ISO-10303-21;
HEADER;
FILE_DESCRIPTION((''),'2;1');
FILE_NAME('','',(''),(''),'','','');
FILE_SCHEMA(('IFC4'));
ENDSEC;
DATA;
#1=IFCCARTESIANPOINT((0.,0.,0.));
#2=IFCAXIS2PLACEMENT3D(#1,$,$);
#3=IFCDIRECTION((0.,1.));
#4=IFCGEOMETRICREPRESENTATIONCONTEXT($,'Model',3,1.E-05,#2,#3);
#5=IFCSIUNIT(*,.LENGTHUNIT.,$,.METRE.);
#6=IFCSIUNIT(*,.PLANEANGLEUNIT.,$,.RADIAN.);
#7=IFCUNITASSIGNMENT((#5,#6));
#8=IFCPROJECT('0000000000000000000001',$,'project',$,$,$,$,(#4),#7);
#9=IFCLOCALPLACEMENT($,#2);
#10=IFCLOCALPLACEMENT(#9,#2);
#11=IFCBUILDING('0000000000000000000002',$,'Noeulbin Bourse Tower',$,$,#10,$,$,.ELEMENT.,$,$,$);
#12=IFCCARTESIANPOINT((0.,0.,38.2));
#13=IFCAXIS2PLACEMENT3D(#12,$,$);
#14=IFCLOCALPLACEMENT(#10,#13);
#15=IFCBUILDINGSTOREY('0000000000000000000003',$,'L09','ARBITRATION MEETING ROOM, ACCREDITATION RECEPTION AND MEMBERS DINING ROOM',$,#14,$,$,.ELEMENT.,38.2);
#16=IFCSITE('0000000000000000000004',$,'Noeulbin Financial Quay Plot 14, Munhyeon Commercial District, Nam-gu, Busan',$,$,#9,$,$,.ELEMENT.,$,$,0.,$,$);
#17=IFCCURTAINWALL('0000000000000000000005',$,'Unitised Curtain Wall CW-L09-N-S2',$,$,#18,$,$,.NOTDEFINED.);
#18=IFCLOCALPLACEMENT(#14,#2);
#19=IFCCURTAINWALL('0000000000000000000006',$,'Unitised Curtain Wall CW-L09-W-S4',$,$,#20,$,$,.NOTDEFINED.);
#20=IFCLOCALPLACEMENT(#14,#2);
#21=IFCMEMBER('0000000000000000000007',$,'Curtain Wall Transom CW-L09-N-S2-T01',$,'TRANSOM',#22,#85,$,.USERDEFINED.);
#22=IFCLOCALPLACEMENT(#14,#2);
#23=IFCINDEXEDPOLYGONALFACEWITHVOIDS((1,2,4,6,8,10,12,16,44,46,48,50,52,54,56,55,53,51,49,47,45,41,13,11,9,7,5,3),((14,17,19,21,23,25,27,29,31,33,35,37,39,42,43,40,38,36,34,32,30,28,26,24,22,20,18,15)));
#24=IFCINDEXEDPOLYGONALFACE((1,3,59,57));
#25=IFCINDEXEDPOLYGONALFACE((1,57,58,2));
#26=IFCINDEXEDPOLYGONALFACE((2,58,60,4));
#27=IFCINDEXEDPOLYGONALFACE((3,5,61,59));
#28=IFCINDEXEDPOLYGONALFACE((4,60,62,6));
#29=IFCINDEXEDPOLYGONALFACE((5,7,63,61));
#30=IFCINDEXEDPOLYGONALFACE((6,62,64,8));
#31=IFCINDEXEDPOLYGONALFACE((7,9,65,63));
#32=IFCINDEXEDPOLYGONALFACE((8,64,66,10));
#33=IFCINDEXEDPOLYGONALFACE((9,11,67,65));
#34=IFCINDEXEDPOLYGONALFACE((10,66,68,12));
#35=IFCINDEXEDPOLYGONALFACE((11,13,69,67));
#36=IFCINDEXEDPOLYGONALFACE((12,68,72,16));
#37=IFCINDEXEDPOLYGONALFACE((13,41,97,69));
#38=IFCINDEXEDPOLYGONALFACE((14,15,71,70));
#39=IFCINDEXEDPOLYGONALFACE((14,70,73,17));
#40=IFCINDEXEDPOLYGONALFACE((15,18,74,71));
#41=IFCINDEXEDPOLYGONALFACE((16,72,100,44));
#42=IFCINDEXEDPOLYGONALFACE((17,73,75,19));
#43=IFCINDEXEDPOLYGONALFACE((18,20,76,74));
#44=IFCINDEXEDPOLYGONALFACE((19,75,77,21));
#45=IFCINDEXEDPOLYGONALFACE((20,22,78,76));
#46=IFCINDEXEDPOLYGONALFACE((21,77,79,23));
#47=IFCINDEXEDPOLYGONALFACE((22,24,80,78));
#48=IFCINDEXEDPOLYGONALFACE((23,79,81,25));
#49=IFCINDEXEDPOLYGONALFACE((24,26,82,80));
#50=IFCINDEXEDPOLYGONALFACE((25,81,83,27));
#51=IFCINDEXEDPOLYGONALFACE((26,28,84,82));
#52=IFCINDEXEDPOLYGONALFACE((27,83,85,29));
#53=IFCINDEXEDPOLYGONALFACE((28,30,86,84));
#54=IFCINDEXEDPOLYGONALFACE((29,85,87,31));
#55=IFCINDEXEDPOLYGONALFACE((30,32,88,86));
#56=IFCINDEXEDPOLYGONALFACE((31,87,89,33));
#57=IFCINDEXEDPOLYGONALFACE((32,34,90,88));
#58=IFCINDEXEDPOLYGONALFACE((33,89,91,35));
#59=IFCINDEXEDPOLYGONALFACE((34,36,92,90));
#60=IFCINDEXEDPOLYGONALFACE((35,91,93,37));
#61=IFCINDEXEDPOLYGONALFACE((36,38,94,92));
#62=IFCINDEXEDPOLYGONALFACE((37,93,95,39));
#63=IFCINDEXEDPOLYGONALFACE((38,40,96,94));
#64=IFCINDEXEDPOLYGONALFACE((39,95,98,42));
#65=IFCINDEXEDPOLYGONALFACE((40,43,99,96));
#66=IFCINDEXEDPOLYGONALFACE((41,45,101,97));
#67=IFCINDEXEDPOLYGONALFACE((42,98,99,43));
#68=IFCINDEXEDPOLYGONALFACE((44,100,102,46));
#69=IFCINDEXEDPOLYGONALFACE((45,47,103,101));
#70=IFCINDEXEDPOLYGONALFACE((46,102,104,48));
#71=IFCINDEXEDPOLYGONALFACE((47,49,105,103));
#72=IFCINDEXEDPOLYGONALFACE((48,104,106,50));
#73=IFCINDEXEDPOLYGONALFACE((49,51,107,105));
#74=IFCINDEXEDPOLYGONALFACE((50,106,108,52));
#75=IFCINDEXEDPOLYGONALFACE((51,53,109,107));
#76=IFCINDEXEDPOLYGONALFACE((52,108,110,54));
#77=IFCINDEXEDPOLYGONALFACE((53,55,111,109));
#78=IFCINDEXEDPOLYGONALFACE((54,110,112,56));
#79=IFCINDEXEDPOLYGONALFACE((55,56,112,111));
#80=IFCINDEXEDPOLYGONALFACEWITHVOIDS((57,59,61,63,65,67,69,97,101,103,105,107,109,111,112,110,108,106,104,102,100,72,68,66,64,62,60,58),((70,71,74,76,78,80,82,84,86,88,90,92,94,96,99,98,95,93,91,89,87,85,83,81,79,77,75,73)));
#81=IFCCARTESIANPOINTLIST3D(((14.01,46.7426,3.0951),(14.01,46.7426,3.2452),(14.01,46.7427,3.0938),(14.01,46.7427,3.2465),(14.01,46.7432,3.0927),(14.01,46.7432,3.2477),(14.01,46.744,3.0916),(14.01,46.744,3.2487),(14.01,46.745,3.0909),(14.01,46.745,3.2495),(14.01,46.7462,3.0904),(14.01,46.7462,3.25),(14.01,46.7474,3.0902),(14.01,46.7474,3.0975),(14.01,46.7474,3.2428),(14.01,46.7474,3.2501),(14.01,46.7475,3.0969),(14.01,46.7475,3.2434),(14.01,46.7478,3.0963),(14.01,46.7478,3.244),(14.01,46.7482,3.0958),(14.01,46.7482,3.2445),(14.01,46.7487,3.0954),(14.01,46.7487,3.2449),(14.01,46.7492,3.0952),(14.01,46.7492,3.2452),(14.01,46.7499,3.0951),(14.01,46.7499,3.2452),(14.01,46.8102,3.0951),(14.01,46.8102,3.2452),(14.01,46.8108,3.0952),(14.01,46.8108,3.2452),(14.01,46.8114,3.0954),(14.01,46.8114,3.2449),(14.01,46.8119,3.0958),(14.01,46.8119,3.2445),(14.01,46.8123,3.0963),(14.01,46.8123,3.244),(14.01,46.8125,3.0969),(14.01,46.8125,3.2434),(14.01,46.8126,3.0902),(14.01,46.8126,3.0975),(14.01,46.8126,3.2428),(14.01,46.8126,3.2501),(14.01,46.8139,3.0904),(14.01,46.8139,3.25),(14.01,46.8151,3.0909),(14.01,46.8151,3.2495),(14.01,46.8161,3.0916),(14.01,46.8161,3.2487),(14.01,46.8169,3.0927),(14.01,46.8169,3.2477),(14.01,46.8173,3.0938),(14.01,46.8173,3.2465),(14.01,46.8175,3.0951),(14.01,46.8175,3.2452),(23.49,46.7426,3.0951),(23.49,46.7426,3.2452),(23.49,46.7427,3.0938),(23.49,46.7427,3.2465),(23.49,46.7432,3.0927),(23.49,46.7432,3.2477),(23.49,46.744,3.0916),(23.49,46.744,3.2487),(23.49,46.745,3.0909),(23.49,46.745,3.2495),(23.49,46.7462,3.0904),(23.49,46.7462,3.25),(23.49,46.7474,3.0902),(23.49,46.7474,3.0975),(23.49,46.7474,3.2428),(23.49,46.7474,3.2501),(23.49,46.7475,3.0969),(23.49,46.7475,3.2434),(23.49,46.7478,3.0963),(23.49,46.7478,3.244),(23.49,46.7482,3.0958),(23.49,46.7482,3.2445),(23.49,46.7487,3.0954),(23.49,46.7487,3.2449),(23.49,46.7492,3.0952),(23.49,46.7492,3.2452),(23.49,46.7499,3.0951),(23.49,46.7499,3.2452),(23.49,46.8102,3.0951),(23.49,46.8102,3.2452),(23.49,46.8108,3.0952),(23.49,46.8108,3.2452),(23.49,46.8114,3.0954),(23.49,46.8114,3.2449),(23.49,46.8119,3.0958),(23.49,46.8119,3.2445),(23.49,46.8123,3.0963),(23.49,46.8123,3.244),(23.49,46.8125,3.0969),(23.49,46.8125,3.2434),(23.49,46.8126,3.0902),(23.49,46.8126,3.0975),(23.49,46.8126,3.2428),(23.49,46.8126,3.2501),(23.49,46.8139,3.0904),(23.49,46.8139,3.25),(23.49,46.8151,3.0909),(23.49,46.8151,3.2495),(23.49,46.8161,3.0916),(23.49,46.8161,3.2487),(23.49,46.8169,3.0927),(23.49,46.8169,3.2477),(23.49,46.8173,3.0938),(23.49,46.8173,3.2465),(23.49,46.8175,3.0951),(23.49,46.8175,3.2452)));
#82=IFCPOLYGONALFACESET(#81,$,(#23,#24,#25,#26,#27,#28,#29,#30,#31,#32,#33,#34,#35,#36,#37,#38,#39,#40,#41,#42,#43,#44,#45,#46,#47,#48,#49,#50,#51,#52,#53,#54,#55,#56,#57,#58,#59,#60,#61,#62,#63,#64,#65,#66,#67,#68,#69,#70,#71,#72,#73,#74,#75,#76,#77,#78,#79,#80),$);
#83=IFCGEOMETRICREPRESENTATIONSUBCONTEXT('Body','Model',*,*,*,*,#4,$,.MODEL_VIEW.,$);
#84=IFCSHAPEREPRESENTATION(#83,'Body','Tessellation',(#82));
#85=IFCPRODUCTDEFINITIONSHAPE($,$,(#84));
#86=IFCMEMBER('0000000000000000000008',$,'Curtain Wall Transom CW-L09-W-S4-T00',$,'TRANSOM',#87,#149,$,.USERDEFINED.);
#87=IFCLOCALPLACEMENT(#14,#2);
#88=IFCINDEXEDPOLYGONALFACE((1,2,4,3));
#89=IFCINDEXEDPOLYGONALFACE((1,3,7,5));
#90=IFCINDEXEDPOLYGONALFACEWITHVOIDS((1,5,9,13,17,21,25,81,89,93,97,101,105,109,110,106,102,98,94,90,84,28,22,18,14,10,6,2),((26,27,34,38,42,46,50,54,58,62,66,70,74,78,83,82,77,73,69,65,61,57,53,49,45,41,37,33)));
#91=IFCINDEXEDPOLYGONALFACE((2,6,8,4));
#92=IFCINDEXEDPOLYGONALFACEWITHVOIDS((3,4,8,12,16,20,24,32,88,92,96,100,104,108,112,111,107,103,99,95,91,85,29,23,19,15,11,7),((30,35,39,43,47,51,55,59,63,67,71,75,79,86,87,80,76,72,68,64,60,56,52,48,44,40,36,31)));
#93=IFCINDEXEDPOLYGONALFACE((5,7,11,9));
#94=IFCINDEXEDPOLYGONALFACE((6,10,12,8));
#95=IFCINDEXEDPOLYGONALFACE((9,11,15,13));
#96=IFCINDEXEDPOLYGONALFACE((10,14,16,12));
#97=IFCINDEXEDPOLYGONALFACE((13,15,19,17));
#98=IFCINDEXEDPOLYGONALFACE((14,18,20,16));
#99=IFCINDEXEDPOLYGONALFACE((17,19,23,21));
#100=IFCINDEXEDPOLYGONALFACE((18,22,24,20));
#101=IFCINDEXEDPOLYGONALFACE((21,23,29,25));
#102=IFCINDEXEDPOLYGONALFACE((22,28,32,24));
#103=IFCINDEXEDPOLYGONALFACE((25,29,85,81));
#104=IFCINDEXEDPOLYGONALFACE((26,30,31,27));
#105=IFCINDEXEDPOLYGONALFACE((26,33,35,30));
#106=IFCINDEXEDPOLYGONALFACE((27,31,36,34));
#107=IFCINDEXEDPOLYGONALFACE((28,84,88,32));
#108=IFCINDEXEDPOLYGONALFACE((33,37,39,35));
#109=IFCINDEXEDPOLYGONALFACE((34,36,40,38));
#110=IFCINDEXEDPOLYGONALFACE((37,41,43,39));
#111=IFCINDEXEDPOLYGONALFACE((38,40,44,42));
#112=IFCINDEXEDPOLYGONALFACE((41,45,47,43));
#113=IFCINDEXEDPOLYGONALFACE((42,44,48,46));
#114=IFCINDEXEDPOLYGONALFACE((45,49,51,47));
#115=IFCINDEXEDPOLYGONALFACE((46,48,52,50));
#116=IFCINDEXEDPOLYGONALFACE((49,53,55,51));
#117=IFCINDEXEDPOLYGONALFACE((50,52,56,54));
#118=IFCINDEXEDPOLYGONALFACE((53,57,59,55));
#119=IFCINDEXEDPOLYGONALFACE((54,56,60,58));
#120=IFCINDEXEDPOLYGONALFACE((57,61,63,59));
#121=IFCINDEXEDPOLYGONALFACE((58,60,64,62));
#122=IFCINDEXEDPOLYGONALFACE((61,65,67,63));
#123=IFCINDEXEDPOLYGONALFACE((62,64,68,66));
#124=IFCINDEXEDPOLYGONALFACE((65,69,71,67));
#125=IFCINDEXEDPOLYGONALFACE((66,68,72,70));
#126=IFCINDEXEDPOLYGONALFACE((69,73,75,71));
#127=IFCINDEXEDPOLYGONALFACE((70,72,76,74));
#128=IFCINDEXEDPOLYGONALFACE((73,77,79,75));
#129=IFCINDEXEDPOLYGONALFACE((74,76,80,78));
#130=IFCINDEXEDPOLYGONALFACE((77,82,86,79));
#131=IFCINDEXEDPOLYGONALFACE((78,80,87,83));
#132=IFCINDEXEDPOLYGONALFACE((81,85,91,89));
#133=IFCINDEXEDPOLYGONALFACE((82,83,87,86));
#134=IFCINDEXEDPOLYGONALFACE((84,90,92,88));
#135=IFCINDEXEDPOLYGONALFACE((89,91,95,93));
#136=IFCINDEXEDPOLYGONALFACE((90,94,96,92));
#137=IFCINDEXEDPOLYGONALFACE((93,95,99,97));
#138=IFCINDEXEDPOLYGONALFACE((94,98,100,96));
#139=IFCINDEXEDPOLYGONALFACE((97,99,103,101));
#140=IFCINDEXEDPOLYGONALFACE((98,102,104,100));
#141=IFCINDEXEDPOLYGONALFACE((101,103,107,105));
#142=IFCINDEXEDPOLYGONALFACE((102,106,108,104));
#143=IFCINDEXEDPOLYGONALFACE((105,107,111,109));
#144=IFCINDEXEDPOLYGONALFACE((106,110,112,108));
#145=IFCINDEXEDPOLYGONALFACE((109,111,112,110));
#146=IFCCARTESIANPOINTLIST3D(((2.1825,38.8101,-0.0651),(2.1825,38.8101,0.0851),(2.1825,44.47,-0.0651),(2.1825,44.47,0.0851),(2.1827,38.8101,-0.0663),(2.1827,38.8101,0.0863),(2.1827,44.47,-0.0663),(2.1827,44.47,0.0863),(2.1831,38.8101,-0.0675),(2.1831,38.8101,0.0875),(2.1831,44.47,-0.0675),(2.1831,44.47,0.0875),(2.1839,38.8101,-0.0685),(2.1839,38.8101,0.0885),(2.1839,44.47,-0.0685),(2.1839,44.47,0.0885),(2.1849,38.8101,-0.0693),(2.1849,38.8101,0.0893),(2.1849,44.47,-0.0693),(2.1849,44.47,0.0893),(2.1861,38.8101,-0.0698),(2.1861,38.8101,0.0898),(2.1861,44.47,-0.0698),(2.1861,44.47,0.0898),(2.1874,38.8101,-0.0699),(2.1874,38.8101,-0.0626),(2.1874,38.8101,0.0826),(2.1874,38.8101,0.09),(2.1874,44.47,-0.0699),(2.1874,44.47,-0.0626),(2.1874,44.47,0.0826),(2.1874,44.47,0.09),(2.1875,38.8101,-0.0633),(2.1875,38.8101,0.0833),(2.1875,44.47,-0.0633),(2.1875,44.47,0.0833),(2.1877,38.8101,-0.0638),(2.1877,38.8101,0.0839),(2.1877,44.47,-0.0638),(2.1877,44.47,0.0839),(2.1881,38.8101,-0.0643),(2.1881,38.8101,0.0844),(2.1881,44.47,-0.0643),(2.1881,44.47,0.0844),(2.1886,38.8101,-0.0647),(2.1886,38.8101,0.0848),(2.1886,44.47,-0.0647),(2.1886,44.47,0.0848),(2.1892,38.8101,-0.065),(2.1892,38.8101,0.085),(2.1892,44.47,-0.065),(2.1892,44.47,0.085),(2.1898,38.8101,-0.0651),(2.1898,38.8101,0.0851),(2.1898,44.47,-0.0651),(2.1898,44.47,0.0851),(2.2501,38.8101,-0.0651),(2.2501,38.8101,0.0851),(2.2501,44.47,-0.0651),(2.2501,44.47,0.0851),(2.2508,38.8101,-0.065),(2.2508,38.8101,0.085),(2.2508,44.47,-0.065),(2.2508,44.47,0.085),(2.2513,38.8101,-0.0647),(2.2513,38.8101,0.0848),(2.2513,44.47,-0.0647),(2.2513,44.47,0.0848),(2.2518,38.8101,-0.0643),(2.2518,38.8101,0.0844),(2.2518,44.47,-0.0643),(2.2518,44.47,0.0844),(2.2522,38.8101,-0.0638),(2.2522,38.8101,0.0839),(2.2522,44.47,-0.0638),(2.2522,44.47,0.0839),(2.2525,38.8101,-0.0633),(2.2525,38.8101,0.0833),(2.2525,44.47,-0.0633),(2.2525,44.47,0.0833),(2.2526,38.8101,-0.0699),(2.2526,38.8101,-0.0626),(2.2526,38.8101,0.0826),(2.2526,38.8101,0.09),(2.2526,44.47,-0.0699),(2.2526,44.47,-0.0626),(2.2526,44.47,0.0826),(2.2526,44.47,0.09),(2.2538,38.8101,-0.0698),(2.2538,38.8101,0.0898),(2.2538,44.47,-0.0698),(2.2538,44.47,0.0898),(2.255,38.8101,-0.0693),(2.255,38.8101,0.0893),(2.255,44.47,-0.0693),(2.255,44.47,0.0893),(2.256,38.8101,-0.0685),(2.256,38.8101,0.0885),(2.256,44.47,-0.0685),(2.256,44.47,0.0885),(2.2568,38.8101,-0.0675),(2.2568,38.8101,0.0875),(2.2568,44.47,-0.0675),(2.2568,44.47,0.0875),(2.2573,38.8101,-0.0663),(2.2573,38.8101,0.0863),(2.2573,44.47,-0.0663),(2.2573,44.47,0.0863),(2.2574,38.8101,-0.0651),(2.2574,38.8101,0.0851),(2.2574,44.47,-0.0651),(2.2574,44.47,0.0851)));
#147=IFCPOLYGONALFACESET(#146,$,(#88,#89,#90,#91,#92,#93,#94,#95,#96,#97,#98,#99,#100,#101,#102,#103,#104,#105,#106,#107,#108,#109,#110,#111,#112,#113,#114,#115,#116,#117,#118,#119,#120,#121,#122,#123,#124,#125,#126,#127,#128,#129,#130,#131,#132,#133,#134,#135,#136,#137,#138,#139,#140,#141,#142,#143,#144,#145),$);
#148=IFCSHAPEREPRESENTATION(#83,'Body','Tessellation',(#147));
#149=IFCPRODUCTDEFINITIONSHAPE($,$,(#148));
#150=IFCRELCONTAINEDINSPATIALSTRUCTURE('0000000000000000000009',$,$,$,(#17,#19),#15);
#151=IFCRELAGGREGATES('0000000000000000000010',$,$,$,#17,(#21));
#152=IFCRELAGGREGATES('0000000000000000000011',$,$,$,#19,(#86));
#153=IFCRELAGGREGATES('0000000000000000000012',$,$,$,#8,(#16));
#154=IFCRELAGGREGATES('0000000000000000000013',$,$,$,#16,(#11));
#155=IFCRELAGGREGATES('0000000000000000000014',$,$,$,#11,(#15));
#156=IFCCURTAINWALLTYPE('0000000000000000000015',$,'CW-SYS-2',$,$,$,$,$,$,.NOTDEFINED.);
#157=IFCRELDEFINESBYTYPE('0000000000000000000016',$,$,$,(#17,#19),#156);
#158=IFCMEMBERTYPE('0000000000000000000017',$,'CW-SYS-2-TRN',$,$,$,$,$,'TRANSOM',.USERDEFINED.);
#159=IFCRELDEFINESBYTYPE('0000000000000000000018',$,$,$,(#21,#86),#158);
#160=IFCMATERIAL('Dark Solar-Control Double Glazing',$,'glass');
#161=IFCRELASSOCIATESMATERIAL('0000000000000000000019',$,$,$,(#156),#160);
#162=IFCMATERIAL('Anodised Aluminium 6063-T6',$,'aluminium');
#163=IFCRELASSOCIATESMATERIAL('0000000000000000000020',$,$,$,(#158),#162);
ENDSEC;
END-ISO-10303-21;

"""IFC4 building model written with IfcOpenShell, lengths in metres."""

from ifc_helpers import new_model, si_unit, direction, frame, origin, origin_2d, place, context, subcontext, project, spatial, hollow_rectangle, extrude, material, material_profile, profile_set, type_object, element, aggregate, save


model = new_model("IFC4")

# Units and contexts
model_context = context("Model", 3, precision=1e-05, world=origin(), true_north=direction((0.0, 1.0)))
body_context = subcontext(model_context, "Body", "Model", "MODEL_VIEW")
ifc_project = project(units=[si_unit("LENGTHUNIT", "METRE"), si_unit("PLANEANGLEUNIT", "RADIAN")], contexts=[model_context])

# Site, building, storey
site_placement = place(None, origin())
site = spatial("IfcSite", under=ifc_project, at=site_placement, Name="Noeulbin Financial Quay Plot 14, Munhyeon Commercial District, Nam-gu, Busan", CompositionType="ELEMENT", RefElevation=0.0)
building_placement = place(site_placement, origin())
building = spatial("IfcBuilding", under=site, at=building_placement, Name="Noeulbin Bourse Tower", CompositionType="ELEMENT")
storey_placement = place(building_placement, frame((0.0, 0.0, 38.2)))
storey = spatial("IfcBuildingStorey", under=building, at=storey_placement, Name="L09", Description="ARBITRATION MEETING ROOM, ACCREDITATION RECEPTION AND MEMBERS DINING ROOM", CompositionType="ELEMENT", Elevation=38.2)

# Shared definitions
ifc_material_1 = material(Name="Dark Solar-Control Double Glazing", Category="glass")
curtain_wall_type = type_object("IfcCurtainWallType", Name="CW-SYS-2", PredefinedType="NOTDEFINED", material=ifc_material_1)
ifc_material_2 = material(Name="Anodised Aluminium 6063-T6", Category="aluminium")

# Curtain wall
curtain_wall_1_placement = place(storey_placement, origin())
curtain_wall_1 = element("IfcCurtainWall", 1, at=curtain_wall_1_placement, inside=storey, type_object=curtain_wall_type, Name="Unitised Curtain Wall CW-L09-N-S2", PredefinedType="NOTDEFINED")

# Curtain wall
curtain_wall_2_placement = place(storey_placement, origin())
curtain_wall_2 = element("IfcCurtainWall", 2, at=curtain_wall_2_placement, inside=storey, type_object=curtain_wall_type, Name="Unitised Curtain Wall CW-L09-W-S4", PredefinedType="NOTDEFINED")

# Members
ifc_material_profile_1 = material_profile(ifc_material_2, hollow_rectangle(XDim=0.075, YDim=0.1599, WallThickness=0.0049, InnerFilletRadius=0.0024, OuterFilletRadius=0.0049, at=origin_2d()), Name="ALU-TRAN-75x160x5", Category="LoadBearing")
ifc_profile_set_1 = profile_set([ifc_material_profile_1], Name="Anodised Aluminium 6063-T6")
member_type_1 = type_object("IfcMemberType", Name="CW-SYS-2-TRN", ElementType="TRANSOM", PredefinedType="USERDEFINED", material=ifc_profile_set_1)
member_1_placement = place(storey_placement, frame((14.01, 46.78, 3.1702), z_axis=(1.0, 0.0, 0.0), x_axis=(0.0, 1.0, 0.0)))
member_1 = element("IfcMember", 3, at=member_1_placement, type_object=member_type_1, Name="Curtain Wall Transom CW-L09-N-S2-T01", ObjectType="TRANSOM", PredefinedType="USERDEFINED", context=body_context, shape_type="SweptSolid", body=[
    extrude(hollow_rectangle(XDim=0.075, YDim=0.1599, WallThickness=0.0049, InnerFilletRadius=0.0024, OuterFilletRadius=0.0049, at=origin_2d()), origin(), (0.0, 0.0, 1.0), 9.48),
])
aggregate(curtain_wall_1, [member_1])
member_2_placement = place(storey_placement, frame((2.22, 38.8101, 0.01), z_axis=(0.0, 1.0, 0.0), x_axis=(-1.0, 0.0, 0.0)))
member_2 = element("IfcMember", 4, at=member_2_placement, type_object=member_type_1, Name="Curtain Wall Transom CW-L09-W-S4-T00", ObjectType="TRANSOM", PredefinedType="USERDEFINED", context=body_context, shape_type="SweptSolid", body=[
    extrude(hollow_rectangle(XDim=0.075, YDim=0.1599, WallThickness=0.0049, InnerFilletRadius=0.0024, OuterFilletRadius=0.0049, at=origin_2d()), origin(), (0.0, 0.0, 1.0), 5.6599),
])

aggregate(curtain_wall_2, [member_2])

save(model, "model.ifc")
